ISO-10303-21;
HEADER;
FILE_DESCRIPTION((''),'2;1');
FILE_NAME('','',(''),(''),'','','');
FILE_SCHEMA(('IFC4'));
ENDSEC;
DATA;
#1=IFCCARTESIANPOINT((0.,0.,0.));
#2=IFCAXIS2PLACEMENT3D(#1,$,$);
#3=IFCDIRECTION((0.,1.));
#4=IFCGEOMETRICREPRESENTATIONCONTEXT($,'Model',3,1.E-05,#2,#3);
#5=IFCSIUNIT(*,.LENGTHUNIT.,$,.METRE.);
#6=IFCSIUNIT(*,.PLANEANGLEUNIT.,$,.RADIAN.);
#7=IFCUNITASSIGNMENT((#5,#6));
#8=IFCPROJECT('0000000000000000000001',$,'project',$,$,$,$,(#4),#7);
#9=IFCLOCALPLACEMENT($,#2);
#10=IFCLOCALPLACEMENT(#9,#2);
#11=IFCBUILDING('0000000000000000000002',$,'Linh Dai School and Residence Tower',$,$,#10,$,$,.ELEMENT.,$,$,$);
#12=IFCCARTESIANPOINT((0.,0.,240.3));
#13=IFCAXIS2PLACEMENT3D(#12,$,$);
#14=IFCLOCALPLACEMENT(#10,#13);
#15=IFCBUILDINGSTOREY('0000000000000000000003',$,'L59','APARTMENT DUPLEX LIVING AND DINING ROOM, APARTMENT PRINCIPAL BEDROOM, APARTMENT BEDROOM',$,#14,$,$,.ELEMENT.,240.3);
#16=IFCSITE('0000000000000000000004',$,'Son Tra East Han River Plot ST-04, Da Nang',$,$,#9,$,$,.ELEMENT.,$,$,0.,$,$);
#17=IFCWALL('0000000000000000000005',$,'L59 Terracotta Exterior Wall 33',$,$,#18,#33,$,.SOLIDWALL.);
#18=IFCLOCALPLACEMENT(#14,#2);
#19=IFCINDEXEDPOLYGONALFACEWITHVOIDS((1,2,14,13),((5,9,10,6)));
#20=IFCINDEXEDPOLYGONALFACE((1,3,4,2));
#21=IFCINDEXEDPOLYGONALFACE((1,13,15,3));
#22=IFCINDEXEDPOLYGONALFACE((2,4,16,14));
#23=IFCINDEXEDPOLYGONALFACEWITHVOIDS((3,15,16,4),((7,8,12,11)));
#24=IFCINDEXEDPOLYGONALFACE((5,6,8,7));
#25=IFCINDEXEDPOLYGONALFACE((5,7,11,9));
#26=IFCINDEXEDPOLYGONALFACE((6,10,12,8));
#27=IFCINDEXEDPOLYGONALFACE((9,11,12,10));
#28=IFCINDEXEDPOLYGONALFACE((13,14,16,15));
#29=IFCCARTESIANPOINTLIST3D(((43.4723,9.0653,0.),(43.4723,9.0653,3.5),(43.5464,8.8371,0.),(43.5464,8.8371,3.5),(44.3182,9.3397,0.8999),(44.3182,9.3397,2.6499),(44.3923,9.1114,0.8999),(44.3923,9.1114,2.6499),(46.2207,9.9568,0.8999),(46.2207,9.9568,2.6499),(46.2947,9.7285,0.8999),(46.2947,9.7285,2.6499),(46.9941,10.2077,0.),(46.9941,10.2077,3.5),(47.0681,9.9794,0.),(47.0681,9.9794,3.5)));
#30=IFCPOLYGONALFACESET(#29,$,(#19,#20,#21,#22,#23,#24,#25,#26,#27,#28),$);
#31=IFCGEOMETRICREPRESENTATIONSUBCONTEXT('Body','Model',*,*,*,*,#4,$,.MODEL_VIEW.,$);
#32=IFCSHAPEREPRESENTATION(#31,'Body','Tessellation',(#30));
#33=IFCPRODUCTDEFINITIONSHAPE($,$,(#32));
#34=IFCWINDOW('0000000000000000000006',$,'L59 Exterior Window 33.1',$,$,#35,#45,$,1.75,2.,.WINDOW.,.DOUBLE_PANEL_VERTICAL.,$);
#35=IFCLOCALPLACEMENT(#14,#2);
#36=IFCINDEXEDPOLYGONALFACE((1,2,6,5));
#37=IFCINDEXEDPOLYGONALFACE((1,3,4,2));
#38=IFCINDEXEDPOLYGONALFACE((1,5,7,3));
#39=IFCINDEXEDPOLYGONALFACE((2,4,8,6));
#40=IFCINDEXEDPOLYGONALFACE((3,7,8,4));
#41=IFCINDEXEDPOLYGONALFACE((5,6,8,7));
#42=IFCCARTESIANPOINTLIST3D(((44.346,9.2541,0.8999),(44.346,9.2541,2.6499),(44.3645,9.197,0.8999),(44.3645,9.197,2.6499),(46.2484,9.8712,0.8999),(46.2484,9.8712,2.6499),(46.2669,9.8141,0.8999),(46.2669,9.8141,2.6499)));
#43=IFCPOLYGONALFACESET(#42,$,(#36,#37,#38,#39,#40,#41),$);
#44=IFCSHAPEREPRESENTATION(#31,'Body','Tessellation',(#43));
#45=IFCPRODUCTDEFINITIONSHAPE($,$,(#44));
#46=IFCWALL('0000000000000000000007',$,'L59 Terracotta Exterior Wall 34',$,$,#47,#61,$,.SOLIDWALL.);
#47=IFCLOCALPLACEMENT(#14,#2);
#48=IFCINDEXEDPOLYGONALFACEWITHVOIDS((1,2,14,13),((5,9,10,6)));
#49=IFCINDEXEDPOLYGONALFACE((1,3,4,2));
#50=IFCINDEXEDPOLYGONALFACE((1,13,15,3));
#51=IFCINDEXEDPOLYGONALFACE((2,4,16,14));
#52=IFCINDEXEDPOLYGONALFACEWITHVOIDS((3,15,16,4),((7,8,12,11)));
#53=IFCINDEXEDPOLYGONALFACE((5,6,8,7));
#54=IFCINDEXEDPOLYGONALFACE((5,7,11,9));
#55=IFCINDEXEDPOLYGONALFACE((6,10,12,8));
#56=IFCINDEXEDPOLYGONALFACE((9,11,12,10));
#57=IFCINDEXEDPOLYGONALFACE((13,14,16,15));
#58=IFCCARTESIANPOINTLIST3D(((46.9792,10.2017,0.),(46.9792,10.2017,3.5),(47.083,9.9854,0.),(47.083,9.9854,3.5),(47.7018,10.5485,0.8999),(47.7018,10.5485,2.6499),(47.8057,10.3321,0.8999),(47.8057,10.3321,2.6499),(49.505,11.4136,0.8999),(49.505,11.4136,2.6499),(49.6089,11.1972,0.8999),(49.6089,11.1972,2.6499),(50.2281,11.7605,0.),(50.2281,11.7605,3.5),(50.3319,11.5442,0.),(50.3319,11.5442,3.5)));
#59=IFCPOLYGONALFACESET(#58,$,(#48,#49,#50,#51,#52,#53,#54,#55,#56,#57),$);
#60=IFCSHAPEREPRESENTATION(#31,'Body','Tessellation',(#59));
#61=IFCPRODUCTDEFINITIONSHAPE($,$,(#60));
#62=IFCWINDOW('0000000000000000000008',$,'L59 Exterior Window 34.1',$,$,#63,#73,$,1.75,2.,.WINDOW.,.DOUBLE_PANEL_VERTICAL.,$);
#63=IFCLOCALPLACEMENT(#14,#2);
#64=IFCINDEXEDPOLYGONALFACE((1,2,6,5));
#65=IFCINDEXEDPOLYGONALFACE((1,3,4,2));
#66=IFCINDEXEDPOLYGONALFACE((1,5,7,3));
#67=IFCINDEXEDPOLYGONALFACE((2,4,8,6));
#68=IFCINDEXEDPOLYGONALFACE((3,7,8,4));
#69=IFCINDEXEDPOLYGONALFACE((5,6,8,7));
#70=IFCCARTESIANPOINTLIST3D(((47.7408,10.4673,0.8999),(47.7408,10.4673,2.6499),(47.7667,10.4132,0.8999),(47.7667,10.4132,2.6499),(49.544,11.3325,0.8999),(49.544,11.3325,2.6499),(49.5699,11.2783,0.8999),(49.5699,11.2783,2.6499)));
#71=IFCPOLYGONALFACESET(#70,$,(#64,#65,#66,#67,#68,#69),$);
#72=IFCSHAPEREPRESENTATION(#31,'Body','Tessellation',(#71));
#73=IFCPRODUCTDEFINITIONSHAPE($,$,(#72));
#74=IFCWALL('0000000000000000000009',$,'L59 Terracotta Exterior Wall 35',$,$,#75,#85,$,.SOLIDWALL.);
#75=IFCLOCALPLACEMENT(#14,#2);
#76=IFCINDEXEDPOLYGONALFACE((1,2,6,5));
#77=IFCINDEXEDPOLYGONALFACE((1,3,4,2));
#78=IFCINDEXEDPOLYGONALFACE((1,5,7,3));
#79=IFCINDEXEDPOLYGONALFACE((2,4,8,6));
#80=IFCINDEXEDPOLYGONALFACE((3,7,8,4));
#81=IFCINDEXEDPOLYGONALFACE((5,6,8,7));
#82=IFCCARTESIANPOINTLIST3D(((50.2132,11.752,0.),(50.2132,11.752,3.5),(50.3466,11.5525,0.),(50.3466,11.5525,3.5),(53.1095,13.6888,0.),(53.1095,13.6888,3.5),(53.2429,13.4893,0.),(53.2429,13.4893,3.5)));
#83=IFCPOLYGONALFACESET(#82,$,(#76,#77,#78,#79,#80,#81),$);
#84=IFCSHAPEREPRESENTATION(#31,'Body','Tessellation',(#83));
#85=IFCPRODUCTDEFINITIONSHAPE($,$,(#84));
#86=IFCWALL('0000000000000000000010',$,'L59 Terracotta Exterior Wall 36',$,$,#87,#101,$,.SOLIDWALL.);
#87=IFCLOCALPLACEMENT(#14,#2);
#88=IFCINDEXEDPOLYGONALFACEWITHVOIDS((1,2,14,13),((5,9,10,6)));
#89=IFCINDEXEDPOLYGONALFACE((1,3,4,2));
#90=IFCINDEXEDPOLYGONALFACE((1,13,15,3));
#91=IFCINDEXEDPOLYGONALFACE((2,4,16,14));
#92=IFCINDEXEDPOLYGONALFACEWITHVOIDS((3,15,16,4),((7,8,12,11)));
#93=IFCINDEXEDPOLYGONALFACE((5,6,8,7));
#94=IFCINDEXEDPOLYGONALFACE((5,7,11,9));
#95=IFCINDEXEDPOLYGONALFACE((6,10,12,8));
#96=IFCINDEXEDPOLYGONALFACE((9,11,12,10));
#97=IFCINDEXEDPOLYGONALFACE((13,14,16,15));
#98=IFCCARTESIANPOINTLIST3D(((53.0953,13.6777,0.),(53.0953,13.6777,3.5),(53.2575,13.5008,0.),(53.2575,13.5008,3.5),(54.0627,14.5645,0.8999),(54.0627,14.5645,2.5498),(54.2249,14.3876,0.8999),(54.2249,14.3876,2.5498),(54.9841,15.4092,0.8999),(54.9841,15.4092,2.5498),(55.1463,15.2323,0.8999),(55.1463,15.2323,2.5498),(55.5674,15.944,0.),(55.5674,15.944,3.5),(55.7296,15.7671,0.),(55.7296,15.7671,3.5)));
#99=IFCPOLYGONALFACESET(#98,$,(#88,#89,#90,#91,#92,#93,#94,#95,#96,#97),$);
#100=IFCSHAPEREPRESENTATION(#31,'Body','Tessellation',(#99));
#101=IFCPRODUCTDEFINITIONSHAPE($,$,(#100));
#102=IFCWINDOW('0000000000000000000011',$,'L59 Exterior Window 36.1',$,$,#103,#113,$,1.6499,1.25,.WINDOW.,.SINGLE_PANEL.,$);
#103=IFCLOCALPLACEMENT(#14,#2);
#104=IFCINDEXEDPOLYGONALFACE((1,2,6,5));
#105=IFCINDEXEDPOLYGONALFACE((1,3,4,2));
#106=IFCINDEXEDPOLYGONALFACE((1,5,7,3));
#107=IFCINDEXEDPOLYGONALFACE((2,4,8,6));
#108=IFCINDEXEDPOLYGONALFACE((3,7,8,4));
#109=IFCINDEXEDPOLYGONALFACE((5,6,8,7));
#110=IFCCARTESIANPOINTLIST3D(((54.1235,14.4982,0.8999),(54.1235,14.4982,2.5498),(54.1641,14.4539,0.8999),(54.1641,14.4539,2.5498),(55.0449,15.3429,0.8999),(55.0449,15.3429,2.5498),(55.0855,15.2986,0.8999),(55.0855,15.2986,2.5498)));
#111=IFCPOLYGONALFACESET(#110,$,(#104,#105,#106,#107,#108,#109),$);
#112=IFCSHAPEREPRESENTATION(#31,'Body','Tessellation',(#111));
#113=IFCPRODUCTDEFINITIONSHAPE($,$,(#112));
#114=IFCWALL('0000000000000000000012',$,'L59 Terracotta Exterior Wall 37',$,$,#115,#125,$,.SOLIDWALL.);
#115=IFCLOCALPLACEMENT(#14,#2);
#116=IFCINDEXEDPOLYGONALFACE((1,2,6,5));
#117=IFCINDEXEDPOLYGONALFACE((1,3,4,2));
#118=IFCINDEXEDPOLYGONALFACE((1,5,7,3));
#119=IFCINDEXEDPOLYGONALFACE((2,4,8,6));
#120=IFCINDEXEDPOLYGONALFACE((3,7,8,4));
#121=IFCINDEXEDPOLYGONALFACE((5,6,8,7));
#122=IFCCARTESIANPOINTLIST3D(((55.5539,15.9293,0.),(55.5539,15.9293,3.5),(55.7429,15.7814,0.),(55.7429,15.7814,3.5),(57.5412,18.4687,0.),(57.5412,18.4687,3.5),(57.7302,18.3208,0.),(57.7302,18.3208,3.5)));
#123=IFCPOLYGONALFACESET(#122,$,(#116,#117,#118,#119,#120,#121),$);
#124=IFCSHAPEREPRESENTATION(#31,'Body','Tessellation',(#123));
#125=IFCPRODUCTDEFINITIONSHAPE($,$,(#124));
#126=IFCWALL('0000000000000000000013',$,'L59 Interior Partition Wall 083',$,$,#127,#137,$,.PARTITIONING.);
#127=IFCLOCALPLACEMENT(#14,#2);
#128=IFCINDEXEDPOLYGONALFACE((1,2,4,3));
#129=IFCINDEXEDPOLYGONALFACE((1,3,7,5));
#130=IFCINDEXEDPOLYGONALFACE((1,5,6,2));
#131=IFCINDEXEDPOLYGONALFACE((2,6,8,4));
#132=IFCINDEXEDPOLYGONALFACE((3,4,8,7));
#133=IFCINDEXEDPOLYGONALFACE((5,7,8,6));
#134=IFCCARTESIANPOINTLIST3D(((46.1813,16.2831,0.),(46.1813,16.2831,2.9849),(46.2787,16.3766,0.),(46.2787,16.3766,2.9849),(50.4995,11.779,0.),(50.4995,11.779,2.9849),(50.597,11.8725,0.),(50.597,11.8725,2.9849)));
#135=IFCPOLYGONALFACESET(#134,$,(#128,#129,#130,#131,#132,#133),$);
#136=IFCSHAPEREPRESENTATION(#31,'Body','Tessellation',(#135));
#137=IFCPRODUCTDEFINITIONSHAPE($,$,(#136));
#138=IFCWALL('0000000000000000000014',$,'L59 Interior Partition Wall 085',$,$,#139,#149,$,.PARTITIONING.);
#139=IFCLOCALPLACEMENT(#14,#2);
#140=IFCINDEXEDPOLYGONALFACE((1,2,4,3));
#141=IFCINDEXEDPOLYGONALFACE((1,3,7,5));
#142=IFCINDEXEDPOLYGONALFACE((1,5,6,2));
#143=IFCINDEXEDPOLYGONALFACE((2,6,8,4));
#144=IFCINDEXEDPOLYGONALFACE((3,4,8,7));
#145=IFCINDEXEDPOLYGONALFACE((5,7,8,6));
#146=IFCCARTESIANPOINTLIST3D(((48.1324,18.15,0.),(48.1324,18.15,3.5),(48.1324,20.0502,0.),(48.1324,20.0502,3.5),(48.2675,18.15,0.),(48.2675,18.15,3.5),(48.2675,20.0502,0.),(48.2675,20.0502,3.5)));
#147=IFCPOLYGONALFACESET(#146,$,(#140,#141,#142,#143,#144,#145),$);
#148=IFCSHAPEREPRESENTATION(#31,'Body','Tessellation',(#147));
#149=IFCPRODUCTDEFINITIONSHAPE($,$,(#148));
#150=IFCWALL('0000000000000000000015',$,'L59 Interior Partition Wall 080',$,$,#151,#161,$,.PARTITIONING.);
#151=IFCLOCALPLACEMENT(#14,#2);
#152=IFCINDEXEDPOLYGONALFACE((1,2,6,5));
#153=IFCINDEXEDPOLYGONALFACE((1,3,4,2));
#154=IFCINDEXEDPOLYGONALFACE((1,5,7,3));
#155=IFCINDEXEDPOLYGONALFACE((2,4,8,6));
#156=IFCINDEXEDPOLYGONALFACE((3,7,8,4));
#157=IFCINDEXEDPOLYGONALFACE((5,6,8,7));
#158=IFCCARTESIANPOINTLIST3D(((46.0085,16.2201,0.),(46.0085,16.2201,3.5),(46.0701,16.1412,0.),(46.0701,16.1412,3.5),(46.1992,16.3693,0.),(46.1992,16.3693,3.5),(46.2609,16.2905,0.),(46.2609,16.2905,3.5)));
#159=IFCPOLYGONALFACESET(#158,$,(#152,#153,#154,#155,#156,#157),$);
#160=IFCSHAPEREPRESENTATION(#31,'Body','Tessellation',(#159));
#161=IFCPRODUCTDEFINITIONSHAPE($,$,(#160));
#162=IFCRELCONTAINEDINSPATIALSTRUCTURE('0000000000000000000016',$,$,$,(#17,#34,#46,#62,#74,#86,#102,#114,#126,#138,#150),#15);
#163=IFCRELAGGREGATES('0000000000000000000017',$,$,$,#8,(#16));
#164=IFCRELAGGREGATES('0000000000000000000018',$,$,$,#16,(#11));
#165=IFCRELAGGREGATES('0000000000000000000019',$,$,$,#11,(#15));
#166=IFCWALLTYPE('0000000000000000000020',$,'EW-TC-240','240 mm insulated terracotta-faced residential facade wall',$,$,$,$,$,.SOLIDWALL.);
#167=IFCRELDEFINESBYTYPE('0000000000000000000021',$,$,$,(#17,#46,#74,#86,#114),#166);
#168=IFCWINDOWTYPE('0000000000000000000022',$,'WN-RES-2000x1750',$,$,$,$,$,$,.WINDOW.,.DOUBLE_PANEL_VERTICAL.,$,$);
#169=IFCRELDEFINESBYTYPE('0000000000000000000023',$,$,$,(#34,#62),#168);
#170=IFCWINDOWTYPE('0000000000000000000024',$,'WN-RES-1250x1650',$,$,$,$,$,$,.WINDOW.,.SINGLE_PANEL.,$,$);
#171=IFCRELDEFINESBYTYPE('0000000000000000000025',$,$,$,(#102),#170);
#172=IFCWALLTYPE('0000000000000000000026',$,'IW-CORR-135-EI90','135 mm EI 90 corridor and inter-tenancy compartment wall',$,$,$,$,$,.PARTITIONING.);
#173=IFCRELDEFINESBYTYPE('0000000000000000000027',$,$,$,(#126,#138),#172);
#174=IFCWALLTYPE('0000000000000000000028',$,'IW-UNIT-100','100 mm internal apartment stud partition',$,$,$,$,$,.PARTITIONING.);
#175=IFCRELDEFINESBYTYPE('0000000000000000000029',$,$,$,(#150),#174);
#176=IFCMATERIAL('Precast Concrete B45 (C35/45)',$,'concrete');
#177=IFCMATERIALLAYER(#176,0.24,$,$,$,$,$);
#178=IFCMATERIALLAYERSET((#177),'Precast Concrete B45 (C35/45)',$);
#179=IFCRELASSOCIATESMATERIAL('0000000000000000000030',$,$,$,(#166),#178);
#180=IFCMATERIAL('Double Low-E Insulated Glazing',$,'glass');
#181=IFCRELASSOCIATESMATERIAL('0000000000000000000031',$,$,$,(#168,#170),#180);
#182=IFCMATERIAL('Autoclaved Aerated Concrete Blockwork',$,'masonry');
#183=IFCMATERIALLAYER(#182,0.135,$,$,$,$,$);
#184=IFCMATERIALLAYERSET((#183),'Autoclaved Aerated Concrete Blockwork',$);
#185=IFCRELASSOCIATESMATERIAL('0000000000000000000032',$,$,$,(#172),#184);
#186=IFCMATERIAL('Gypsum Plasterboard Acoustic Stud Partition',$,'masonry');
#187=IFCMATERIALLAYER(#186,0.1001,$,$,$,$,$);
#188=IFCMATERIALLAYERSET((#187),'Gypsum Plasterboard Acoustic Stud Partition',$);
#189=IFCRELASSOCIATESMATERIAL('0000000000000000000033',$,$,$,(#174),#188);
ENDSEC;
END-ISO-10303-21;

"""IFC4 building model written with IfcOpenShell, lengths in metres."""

from ifc_helpers import new_model, si_unit, direction, frame, frame_2d, origin, origin_2d, place, context, subcontext, project, spatial, rectangle, extrude, source, transform, mapped, material, layer, layer_set, type_object, element, fill, save


model = new_model("IFC4")

# Units and contexts
model_context = context("Model", 3, precision=1e-05, world=origin(), true_north=direction((0.0, 1.0)))
body_context = subcontext(model_context, "Body", "Model", "MODEL_VIEW")
ifc_project = project(units=[si_unit("LENGTHUNIT", "METRE"), si_unit("PLANEANGLEUNIT", "RADIAN")], contexts=[model_context])

# Site, building, storey
site_placement = place(None, origin())
site = spatial("IfcSite", under=ifc_project, at=site_placement, Name="Son Tra East Han River Plot ST-04, Da Nang", CompositionType="ELEMENT", RefElevation=0.0)
building_placement = place(site_placement, origin())
building = spatial("IfcBuilding", under=site, at=building_placement, Name="Linh Dai School and Residence Tower", CompositionType="ELEMENT")
storey_placement = place(building_placement, frame((0.0, 0.0, 240.3)))
storey = spatial("IfcBuildingStorey", under=building, at=storey_placement, Name="L59", Description="APARTMENT DUPLEX LIVING AND DINING ROOM, APARTMENT PRINCIPAL BEDROOM, APARTMENT BEDROOM", CompositionType="ELEMENT", Elevation=240.3)

# Shared definitions
ifc_material_1 = material(Name="Precast Concrete B45 (C35/45)", Category="concrete")

# Walls, openings, windows
ifc_layer_1 = layer(ifc_material_1, 0.24)
ifc_layer_set_1 = layer_set([ifc_layer_1], Name="Precast Concrete B45 (C35/45)")
wall_type_1 = type_object("IfcWallType", Name="EW-TC-240", Description="240 mm insulated terracotta-faced residential facade wall", PredefinedType="SOLIDWALL", material=ifc_layer_set_1)
wall_1_placement = place(storey_placement, frame((47.031, 10.0935, 0.0), z_axis=(0.0, 0.0, 1.0), x_axis=(-0.951211, -0.308542, 0.0)))
wall_1 = element("IfcWall", 1, at=wall_1_placement, inside=storey, type_object=wall_type_1, Name="L59 Terracotta Exterior Wall 33", PredefinedType="SOLIDWALL", context=body_context, shape_type="SweptSolid", body=[
    extrude(rectangle(XDim=3.7024, YDim=0.24, at=frame_2d((1.8511, 0.0))), origin(), (0.0, 0.0, 1.0), 3.5),
])
opening_1_placement = place(wall_1_placement, frame((0.813, 0.0, 0.8999)))
opening_1 = element("IfcOpeningElement", 2, at=opening_1_placement, cuts=wall_1, PredefinedType="OPENING", context=body_context, shape_type="SweptSolid", body=[
    extrude(rectangle(XDim=2.0, YDim=1.75, at=origin_2d()), frame((1.0, 0.1299, 0.875), z_axis=(0.0, -1.0, 0.0), x_axis=(1.0, 0.0, 0.0)), (0.0, 0.0, 1.0), 0.26),
])
ifc_material_2 = material(Name="Double Low-E Insulated Glazing", Category="glass")
window_type_1 = type_object("IfcWindowType", Name="WN-RES-2000x1750", PartitioningType="DOUBLE_PANEL_VERTICAL", PredefinedType="WINDOW", material=ifc_material_2)
shared_shape_1 = source(origin(), body_context, "Body", "SweptSolid", [
    extrude(rectangle(XDim=2.0, YDim=1.75, at=origin_2d()), frame((1.0, 0.03, 0.875), z_axis=(0.0, -1.0, 0.0), x_axis=(1.0, 0.0, 0.0)), (0.0, 0.0, 1.0), 0.0601),
])
window_1_placement = place(opening_1_placement, origin())
window_1 = element("IfcWindow", 3, at=window_1_placement, inside=storey, type_object=window_type_1, Name="L59 Exterior Window 33.1", OverallHeight=1.75, OverallWidth=2.0, PartitioningType="DOUBLE_PANEL_VERTICAL", PredefinedType="WINDOW", context=body_context, shape_type="MappedRepresentation", body=[
    mapped(shared_shape_1, transform((0.0, 0.0, 0.0), x_axis=(1.0, 0.0, 0.0), y_axis=(0.0, 1.0, 0.0), z_axis=(0.0, 0.0, 1.0), scale=1.0)),
])
fill(opening_1, window_1)
wall_2_placement = place(storey_placement, frame((50.28, 11.6523, 0.0), z_axis=(0.0, 0.0, 1.0), x_axis=(-0.901598, -0.432575, 0.0)))
wall_2 = element("IfcWall", 4, at=wall_2_placement, inside=storey, type_object=wall_type_1, Name="L59 Terracotta Exterior Wall 34", PredefinedType="SOLIDWALL", context=body_context, shape_type="SweptSolid", body=[
    extrude(rectangle(XDim=3.6035, YDim=0.24, at=frame_2d((1.8018, 0.0))), origin(), (0.0, 0.0, 1.0), 3.5),
])
opening_2_placement = place(wall_2_placement, frame((0.802, 0.0, 0.8999)))
opening_2 = element("IfcOpeningElement", 5, at=opening_2_placement, cuts=wall_2, PredefinedType="OPENING", context=body_context, shape_type="SweptSolid", body=[
    extrude(rectangle(XDim=2.0, YDim=1.75, at=origin_2d()), frame((1.0, 0.1299, 0.875), z_axis=(0.0, -1.0, 0.0), x_axis=(1.0, 0.0, 0.0)), (0.0, 0.0, 1.0), 0.26),
])
window_2_placement = place(opening_2_placement, origin())
window_2 = element("IfcWindow", 6, at=window_2_placement, inside=storey, type_object=window_type_1, Name="L59 Exterior Window 34.1", OverallHeight=1.75, OverallWidth=2.0, PartitioningType="DOUBLE_PANEL_VERTICAL", PredefinedType="WINDOW", context=body_context, shape_type="MappedRepresentation", body=[
    mapped(shared_shape_1, transform((0.0, 0.0, 0.0), x_axis=(1.0, 0.0, 0.0), y_axis=(0.0, 1.0, 0.0), z_axis=(0.0, 0.0, 1.0), scale=1.0)),
])
fill(opening_2, window_2)

# Wall
wall_3_placement = place(storey_placement, frame((53.1763, 13.5891, 0.0), z_axis=(0.0, 0.0, 1.0), x_axis=(-0.831262, -0.55588, 0.0)))
element("IfcWall", 7, at=wall_3_placement, inside=storey, type_object=wall_type_1, Name="L59 Terracotta Exterior Wall 35", PredefinedType="SOLIDWALL", context=body_context, shape_type="SweptSolid", body=[
    extrude(rectangle(XDim=3.4841, YDim=0.24, at=frame_2d((1.7422, 0.0))), origin(), (0.0, 0.0, 1.0), 3.5),
])

# Wall, opening, window
wall_4_placement = place(storey_placement, frame((55.6484, 15.8555, 0.0), z_axis=(0.0, 0.0, 1.0), x_axis=(-0.737124, -0.675758, 0.0)))
wall_4 = element("IfcWall", 8, at=wall_4_placement, inside=storey, type_object=wall_type_1, Name="L59 Terracotta Exterior Wall 36", PredefinedType="SOLIDWALL", context=body_context, shape_type="SweptSolid", body=[
    extrude(rectangle(XDim=3.3538, YDim=0.24, at=frame_2d((1.6768, 0.0))), origin(), (0.0, 0.0, 1.0), 3.5),
])
opening_3_placement = place(wall_4_placement, frame((0.7913, 0.0, 0.8999)))
opening_3 = element("IfcOpeningElement", 9, at=opening_3_placement, cuts=wall_4, PredefinedType="OPENING", context=body_context, shape_type="SweptSolid", body=[
    extrude(rectangle(XDim=1.25, YDim=1.6499, at=origin_2d()), frame((0.625, 0.1299, 0.825), z_axis=(0.0, -1.0, 0.0), x_axis=(1.0, 0.0, 0.0)), (0.0, 0.0, 1.0), 0.26),
])
window_type_2 = type_object("IfcWindowType", Name="WN-RES-1250x1650", PartitioningType="SINGLE_PANEL", PredefinedType="WINDOW", material=ifc_material_2)
shared_shape_2 = source(origin(), body_context, "Body", "SweptSolid", [
    extrude(rectangle(XDim=1.25, YDim=1.6499, at=origin_2d()), frame((0.625, 0.03, 0.825), z_axis=(0.0, -1.0, 0.0), x_axis=(1.0, 0.0, 0.0)), (0.0, 0.0, 1.0), 0.0601),
])
window_3_placement = place(opening_3_placement, origin())
window_3 = element("IfcWindow", 10, at=window_3_placement, inside=storey, type_object=window_type_2, Name="L59 Exterior Window 36.1", OverallHeight=1.6499, OverallWidth=1.25, PartitioningType="SINGLE_PANEL", PredefinedType="WINDOW", context=body_context, shape_type="MappedRepresentation", body=[
    mapped(shared_shape_2, transform((0.0, 0.0, 0.0), x_axis=(1.0, 0.0, 0.0), y_axis=(0.0, 1.0, 0.0), z_axis=(0.0, 0.0, 1.0), scale=1.0)),
])
fill(opening_3, window_3)

# Walls
wall_5_placement = place(storey_placement, frame((57.6357, 18.3948, 0.0), z_axis=(0.0, 0.0, 1.0), x_axis=(-0.616312, -0.787502, 0.0)))
element("IfcWall", 11, at=wall_5_placement, inside=storey, type_object=wall_type_1, Name="L59 Terracotta Exterior Wall 37", PredefinedType="SOLIDWALL", context=body_context, shape_type="SweptSolid", body=[
    extrude(rectangle(XDim=3.2246, YDim=0.24, at=frame_2d((1.6123, 0.0))), origin(), (0.0, 0.0, 1.0), 3.5),
])
ifc_material_3 = material(Name="Autoclaved Aerated Concrete Blockwork", Category="masonry")
ifc_layer_2 = layer(ifc_material_3, 0.135)
ifc_layer_set_2 = layer_set([ifc_layer_2], Name="Autoclaved Aerated Concrete Blockwork")
wall_type_2 = type_object("IfcWallType", Name="IW-CORR-135-EI90", Description="135 mm EI 90 corridor and inter-tenancy compartment wall", PredefinedType="PARTITIONING", material=ifc_layer_set_2)
wall_6_placement = place(storey_placement, frame((46.23, 16.3298, 0.0), z_axis=(0.0, 0.0, 1.0), x_axis=(0.692063, -0.721838, 0.0)))
element("IfcWall", 12, at=wall_6_placement, inside=storey, type_object=wall_type_2, Name="L59 Interior Partition Wall 083", PredefinedType="PARTITIONING", context=body_context, shape_type="SweptSolid", body=[
    extrude(rectangle(XDim=6.2397, YDim=0.135, at=frame_2d((3.1199, 0.0))), origin(), (0.0, 0.0, 1.0), 2.9849),
])
wall_7_placement = place(storey_placement, frame((48.2, 18.1499, 0.0), z_axis=(0.0, 0.0, 1.0), x_axis=(0.0, 1.0, 0.0)))
element("IfcWall", 13, at=wall_7_placement, inside=storey, type_object=wall_type_2, Name="L59 Interior Partition Wall 085", PredefinedType="PARTITIONING", context=body_context, shape_type="SweptSolid", body=[
    extrude(rectangle(XDim=1.9001, YDim=0.135, at=frame_2d((0.9502, 0.0))), origin(), (0.0, 0.0, 1.0), 3.5),
])
ifc_material_4 = material(Name="Gypsum Plasterboard Acoustic Stud Partition", Category="masonry")
ifc_layer_3 = layer(ifc_material_4, 0.1001)
ifc_layer_set_3 = layer_set([ifc_layer_3], Name="Gypsum Plasterboard Acoustic Stud Partition")
wall_type_3 = type_object("IfcWallType", Name="IW-UNIT-100", Description="100 mm internal apartment stud partition", PredefinedType="PARTITIONING", material=ifc_layer_set_3)
wall_8_placement = place(storey_placement, frame((46.0393, 16.1807, 0.0), z_axis=(0.0, 0.0, 1.0), x_axis=(0.787611, 0.616172, 0.0)))
element("IfcWall", 14, at=wall_8_placement, inside=storey, type_object=wall_type_3, Name="L59 Interior Partition Wall 080", PredefinedType="PARTITIONING", context=body_context, shape_type="SweptSolid", body=[
    extrude(rectangle(XDim=0.2422, YDim=0.1001, at=frame_2d((0.1211, 0.0))), origin(), (0.0, 0.0, 1.0), 3.5),
])

save(model, "model.ifc")
